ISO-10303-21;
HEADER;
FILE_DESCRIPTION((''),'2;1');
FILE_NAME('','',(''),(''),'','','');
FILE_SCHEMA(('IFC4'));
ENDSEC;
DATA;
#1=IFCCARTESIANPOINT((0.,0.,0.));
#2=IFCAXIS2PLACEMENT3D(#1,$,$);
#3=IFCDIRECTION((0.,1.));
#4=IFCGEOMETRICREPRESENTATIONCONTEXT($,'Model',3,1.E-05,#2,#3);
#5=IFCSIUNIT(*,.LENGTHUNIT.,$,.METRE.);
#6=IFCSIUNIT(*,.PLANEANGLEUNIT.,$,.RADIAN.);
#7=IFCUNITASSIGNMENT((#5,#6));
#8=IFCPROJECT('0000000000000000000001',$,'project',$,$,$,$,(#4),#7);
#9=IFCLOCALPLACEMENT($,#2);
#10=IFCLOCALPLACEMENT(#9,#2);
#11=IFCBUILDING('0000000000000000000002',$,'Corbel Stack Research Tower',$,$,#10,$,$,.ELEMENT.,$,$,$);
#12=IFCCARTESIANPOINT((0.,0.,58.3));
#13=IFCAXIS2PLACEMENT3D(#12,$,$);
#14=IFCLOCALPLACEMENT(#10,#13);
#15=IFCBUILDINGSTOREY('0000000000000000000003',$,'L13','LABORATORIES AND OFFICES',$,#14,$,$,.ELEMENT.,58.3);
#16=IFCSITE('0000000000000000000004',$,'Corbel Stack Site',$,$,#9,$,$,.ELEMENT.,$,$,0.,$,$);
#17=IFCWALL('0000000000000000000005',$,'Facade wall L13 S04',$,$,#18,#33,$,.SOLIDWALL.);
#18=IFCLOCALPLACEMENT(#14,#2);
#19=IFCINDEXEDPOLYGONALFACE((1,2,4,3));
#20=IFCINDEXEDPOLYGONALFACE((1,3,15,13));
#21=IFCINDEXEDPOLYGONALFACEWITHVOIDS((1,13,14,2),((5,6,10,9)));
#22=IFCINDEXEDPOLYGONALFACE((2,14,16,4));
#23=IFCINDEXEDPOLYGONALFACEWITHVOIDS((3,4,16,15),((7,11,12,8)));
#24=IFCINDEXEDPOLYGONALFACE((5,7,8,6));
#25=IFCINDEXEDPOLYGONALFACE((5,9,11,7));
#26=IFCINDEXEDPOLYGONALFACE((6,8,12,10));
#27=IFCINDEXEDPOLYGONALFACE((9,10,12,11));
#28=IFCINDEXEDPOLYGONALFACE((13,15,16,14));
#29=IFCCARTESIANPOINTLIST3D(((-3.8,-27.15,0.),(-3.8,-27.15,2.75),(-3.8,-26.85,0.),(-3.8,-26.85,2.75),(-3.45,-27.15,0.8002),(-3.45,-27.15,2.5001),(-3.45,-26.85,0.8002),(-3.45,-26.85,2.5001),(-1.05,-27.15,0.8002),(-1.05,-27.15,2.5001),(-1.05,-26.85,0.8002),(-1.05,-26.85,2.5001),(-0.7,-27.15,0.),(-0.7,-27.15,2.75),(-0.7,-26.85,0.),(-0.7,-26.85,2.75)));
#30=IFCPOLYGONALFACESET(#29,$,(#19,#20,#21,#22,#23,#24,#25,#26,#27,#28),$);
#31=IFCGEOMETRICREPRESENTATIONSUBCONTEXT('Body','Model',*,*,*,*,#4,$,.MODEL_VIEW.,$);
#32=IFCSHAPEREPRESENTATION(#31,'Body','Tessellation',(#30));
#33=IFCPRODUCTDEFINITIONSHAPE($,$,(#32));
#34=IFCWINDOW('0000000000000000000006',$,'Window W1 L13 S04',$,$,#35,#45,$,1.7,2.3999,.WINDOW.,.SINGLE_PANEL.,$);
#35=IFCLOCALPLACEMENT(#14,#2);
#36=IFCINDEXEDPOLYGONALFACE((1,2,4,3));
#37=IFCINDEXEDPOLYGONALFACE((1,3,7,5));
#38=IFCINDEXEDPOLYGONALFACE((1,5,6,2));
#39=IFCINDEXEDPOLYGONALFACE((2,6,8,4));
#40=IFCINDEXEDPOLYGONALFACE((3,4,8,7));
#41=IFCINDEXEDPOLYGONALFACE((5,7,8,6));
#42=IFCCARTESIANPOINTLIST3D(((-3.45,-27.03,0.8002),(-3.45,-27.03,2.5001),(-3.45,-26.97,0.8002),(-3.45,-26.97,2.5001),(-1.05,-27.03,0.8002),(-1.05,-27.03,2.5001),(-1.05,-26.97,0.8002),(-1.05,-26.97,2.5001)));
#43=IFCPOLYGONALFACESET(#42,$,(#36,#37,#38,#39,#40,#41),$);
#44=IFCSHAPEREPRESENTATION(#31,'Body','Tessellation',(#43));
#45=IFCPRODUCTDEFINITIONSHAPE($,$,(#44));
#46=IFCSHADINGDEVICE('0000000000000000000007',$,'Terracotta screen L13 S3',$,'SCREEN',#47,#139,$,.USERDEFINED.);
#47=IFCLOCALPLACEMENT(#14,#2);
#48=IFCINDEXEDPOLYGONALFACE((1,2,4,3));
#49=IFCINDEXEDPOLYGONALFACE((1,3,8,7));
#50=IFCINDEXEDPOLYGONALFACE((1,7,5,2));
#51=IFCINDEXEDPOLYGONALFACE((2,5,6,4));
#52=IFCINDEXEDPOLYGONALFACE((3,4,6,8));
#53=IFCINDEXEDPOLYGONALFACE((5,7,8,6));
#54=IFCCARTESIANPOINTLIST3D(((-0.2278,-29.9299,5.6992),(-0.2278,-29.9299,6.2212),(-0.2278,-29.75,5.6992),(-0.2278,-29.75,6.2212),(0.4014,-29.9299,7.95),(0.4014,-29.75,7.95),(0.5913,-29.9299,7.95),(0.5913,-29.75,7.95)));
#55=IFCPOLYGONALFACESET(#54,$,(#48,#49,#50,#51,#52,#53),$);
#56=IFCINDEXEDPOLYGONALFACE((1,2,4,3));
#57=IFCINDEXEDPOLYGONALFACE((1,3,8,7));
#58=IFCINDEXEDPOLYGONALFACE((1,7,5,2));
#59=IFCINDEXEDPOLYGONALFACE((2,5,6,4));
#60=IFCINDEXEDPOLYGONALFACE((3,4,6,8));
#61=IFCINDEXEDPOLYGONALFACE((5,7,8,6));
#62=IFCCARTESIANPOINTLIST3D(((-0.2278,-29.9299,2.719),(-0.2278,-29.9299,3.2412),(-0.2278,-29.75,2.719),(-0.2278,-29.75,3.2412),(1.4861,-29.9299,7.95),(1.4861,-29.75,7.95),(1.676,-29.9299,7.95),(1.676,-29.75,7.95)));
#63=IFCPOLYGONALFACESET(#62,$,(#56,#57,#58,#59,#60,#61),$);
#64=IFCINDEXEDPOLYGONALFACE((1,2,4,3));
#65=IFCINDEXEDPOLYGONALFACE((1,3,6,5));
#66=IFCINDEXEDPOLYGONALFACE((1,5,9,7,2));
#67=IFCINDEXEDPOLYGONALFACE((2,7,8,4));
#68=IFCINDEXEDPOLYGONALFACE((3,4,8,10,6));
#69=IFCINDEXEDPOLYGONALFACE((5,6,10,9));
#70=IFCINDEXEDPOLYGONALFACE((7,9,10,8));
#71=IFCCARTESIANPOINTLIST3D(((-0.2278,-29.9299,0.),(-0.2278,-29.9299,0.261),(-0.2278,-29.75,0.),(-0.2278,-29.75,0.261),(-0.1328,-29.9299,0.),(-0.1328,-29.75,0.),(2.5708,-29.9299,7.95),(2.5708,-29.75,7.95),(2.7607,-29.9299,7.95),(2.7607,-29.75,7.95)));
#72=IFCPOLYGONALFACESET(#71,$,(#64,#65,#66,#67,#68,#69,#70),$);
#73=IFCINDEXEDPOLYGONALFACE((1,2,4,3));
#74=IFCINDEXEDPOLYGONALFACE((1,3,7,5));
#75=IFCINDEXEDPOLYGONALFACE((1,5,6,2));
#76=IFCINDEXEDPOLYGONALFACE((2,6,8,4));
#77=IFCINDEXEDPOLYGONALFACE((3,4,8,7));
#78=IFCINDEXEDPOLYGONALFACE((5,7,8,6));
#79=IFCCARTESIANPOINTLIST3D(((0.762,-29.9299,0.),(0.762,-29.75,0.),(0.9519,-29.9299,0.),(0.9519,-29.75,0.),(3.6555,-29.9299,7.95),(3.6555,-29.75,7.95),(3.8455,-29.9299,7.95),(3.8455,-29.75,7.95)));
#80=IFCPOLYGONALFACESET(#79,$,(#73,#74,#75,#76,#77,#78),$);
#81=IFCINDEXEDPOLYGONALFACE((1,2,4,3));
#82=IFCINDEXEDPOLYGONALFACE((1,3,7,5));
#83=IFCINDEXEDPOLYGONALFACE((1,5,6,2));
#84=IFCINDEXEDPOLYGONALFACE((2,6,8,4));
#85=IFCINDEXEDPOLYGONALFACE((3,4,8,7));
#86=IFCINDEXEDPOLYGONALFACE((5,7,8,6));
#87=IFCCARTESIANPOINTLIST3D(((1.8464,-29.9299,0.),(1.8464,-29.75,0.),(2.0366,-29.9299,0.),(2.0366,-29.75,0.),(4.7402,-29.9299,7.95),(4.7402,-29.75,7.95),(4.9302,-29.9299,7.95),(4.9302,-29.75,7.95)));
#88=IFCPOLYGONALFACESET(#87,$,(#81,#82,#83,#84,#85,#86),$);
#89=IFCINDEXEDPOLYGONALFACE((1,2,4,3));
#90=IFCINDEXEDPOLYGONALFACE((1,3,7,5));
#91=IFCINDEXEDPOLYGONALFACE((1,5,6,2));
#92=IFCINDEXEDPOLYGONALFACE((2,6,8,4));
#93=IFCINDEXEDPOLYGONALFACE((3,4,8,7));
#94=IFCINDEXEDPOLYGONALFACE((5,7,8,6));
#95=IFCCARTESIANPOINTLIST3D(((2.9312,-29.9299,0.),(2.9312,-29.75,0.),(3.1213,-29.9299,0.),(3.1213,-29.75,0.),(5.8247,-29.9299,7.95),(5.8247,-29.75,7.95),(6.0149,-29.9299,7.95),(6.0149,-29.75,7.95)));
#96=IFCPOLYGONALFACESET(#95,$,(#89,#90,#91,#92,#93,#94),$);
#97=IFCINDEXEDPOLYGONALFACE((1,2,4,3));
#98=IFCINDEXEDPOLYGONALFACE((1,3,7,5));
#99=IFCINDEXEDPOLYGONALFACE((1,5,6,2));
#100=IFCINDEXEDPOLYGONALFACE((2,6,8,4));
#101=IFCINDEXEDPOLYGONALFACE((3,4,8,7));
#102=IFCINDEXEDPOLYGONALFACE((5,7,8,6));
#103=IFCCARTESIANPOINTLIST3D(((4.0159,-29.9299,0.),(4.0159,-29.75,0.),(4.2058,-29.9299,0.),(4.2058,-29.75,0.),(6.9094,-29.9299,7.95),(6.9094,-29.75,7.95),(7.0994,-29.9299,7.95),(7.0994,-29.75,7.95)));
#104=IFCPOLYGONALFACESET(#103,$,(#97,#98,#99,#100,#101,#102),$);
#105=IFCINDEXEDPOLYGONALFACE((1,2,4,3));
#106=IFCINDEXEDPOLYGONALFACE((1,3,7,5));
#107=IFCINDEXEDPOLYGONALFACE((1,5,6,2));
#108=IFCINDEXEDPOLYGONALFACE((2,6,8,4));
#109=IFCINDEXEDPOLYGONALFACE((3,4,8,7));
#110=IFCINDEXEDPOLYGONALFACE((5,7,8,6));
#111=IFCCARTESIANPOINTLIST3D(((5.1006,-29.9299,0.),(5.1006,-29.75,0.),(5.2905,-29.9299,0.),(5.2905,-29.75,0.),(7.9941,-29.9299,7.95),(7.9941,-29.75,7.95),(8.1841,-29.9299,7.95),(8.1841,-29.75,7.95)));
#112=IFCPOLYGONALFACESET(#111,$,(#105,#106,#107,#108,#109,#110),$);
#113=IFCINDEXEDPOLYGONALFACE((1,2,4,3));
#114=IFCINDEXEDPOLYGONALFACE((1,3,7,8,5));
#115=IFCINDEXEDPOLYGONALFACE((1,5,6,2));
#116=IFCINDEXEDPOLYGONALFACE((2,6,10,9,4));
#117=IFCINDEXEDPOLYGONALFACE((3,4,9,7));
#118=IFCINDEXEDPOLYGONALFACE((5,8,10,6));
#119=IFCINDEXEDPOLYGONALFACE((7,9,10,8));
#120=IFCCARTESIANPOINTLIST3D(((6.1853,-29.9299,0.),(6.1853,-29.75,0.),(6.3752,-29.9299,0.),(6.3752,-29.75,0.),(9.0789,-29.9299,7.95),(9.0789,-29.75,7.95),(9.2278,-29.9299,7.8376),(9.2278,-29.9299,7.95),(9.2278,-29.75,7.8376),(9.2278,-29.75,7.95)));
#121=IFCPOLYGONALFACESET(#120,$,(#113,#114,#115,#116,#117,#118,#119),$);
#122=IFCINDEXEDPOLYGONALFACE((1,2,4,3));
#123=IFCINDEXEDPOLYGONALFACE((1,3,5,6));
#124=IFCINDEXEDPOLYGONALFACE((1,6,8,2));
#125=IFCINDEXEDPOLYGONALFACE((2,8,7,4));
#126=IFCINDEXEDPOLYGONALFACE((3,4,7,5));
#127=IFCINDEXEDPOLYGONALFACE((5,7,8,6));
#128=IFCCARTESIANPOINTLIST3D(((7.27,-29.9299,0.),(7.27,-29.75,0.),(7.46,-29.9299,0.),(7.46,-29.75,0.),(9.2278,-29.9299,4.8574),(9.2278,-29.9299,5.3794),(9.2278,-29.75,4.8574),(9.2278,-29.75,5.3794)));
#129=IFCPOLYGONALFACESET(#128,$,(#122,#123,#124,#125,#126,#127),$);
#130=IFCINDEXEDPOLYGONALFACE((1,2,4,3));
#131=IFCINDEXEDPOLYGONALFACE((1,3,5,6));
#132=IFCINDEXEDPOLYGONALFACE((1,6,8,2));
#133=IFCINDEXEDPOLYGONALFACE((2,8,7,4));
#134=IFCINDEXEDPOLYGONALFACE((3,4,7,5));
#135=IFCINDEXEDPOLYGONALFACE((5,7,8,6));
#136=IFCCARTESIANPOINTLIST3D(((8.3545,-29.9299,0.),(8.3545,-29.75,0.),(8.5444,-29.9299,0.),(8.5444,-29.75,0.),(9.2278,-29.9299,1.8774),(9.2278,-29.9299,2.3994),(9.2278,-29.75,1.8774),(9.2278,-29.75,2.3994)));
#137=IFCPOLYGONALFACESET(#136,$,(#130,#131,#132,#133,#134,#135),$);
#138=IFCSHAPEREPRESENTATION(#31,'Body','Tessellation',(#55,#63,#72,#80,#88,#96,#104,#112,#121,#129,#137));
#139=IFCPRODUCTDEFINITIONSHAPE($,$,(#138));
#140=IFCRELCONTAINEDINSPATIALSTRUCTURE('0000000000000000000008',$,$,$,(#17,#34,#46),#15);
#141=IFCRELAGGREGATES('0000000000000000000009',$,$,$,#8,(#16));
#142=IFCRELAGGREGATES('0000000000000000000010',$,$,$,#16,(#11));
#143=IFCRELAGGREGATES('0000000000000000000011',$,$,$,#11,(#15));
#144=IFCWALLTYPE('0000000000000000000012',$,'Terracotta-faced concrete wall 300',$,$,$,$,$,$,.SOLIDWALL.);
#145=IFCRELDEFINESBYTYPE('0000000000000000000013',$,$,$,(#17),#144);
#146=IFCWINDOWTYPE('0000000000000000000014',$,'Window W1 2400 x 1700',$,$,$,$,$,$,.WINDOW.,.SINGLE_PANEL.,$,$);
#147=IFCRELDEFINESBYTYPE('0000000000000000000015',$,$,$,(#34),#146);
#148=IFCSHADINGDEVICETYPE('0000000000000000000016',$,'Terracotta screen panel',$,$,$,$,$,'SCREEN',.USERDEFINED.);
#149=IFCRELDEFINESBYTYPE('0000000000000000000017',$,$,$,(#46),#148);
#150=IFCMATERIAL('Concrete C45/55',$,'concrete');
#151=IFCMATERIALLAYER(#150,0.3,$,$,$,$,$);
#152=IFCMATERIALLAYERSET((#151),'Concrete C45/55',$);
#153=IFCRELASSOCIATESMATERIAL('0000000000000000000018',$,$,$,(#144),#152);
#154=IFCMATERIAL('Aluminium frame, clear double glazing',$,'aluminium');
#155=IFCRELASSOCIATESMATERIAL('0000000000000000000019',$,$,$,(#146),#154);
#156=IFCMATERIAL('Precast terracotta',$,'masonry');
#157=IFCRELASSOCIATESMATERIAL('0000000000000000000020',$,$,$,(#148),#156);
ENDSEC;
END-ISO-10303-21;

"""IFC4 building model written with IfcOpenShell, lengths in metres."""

from ifc_helpers import new_model, si_unit, direction, frame, frame_2d, origin, place, context, subcontext, project, spatial, polyline, rectangle, outline, extrude, source, transform, mapped, material, layer, layer_set, type_object, element, fill, save


model = new_model("IFC4")

# Units and contexts
model_context = context("Model", 3, precision=1e-05, world=origin(), true_north=direction((0.0, 1.0)))
body_context = subcontext(model_context, "Body", "Model", "MODEL_VIEW")
ifc_project = project(units=[si_unit("LENGTHUNIT", "METRE"), si_unit("PLANEANGLEUNIT", "RADIAN")], contexts=[model_context])

# Site, building, storey
site_placement = place(None, origin())
site = spatial("IfcSite", under=ifc_project, at=site_placement, Name="Corbel Stack Site", CompositionType="ELEMENT", RefElevation=0.0)
building_placement = place(site_placement, origin())
building = spatial("IfcBuilding", under=site, at=building_placement, Name="Corbel Stack Research Tower", CompositionType="ELEMENT")
storey_placement = place(building_placement, frame((0.0, 0.0, 58.3)))
storey = spatial("IfcBuildingStorey", under=building, at=storey_placement, Name="L13", Description="LABORATORIES AND OFFICES", CompositionType="ELEMENT", Elevation=58.3)

# Shared definitions
ifc_material_1 = material(Name="Concrete C45/55", Category="concrete")
ifc_layer_1 = layer(ifc_material_1, 0.3)
ifc_layer_set_1 = layer_set([ifc_layer_1], Name="Concrete C45/55")
wall_type_1 = type_object("IfcWallType", Name="Terracotta-faced concrete wall 300", PredefinedType="SOLIDWALL", material=ifc_layer_set_1)
ifc_material_2 = material(Name="Aluminium frame, clear double glazing", Category="aluminium")
window_type = type_object("IfcWindowType", Name="Window W1 2400 x 1700", PartitioningType="SINGLE_PANEL", PredefinedType="WINDOW", material=ifc_material_2)

# Wall, opening, window
wall_1_placement = place(storey_placement, frame((-0.7, -27.0, 0.0), z_axis=(0.0, 0.0, 1.0), x_axis=(-1.0, 0.0, 0.0)))
wall_1 = element("IfcWall", 1, at=wall_1_placement, inside=storey, type_object=wall_type_1, Name="Facade wall L13 S04", PredefinedType="SOLIDWALL", context=body_context, shape_type="SweptSolid", body=[
    extrude(rectangle(XDim=3.1001, YDim=0.3, at=frame_2d((1.55, 0.0))), origin(), (0.0, 0.0, 1.0), 2.75),
])
opening_1_placement = place(wall_1_placement, frame((0.3501, 0.0, 0.8)))
opening_1 = element("IfcOpeningElement", 2, at=opening_1_placement, cuts=wall_1, PredefinedType="OPENING", context=body_context, shape_type="SweptSolid", body=[
    extrude(rectangle(XDim=2.3999, YDim=1.7, at=frame_2d((1.2, 0.8501))), frame((0.0, 0.1599, 0.0), z_axis=(0.0, -1.0, 0.0), x_axis=(1.0, 0.0, 0.0)), (0.0, 0.0, 1.0), 0.3201),
])
window_1_placement = place(opening_1_placement, origin())
window_1 = element("IfcWindow", 3, at=window_1_placement, inside=storey, type_object=window_type, Name="Window W1 L13 S04", OverallHeight=1.7, OverallWidth=2.3999, PartitioningType="SINGLE_PANEL", PredefinedType="WINDOW", context=body_context, shape_type="SweptSolid", body=[
    extrude(rectangle(XDim=2.3999, YDim=1.7, at=frame_2d((1.2, 0.8501))), frame((0.0, 0.03, 0.0), z_axis=(0.0, -1.0, 0.0), x_axis=(1.0, 0.0, 0.0)), (0.0, 0.0, 1.0), 0.0601),
])
fill(opening_1, window_1)

# Shading device
ifc_material_3 = material(Name="Precast terracotta", Category="masonry")
shading_device_type = type_object("IfcShadingDeviceType", Name="Terracotta screen panel", ElementType="SCREEN", PredefinedType="USERDEFINED", material=ifc_material_3)
shared_shape_1 = source(origin(), body_context, "Body", "SweptSolid", [
    extrude(outline(polyline([(0.8191, 7.95), (0.6292, 7.95), (0.0, 6.2212), (0.0, 5.6992), (0.8191, 7.95)])), frame((0.0, 0.0, 0.0), z_axis=(0.0, -1.0, 0.0), x_axis=(1.0, 0.0, 0.0)), (0.0, 0.0, 1.0), 0.1799),
    extrude(outline(polyline([(1.9038, 7.95), (1.7139, 7.95), (0.0, 3.2412), (0.0, 2.719), (1.9038, 7.95)])), frame((0.0, 0.0, 0.0), z_axis=(0.0, -1.0, 0.0), x_axis=(1.0, 0.0, 0.0)), (0.0, 0.0, 1.0), 0.1799),
    extrude(outline(polyline([(0.095, 0.0), (2.9885, 7.95), (2.7986, 7.95), (0.0, 0.261), (0.0, 0.0), (0.095, 0.0)])), frame((0.0, 0.0, 0.0), z_axis=(0.0, -1.0, 0.0), x_axis=(1.0, 0.0, 0.0)), (0.0, 0.0, 1.0), 0.1799),
    extrude(outline(polyline([(1.1797, 0.0), (4.0732, 7.95), (3.8833, 7.95), (0.9897, 0.0), (1.1797, 0.0)])), frame((0.0, 0.0, 0.0), z_axis=(0.0, -1.0, 0.0), x_axis=(1.0, 0.0, 0.0)), (0.0, 0.0, 1.0), 0.1799),
    extrude(outline(polyline([(2.2644, 0.0), (5.158, 7.95), (4.968, 7.95), (2.0742, 0.0), (2.2644, 0.0)])), frame((0.0, 0.0, 0.0), z_axis=(0.0, -1.0, 0.0), x_axis=(1.0, 0.0, 0.0)), (0.0, 0.0, 1.0), 0.1799),
    extrude(outline(polyline([(3.3491, 0.0), (6.2427, 7.95), (6.0525, 7.95), (3.1589, 0.0), (3.3491, 0.0)])), frame((0.0, 0.0, 0.0), z_axis=(0.0, -1.0, 0.0), x_axis=(1.0, 0.0, 0.0)), (0.0, 0.0, 1.0), 0.1799),
    extrude(outline(polyline([(4.4336, 0.0), (7.3271, 7.95), (7.1372, 7.95), (4.2437, 0.0), (4.4336, 0.0)])), frame((0.0, 0.0, 0.0), z_axis=(0.0, -1.0, 0.0), x_axis=(1.0, 0.0, 0.0)), (0.0, 0.0, 1.0), 0.1799),
    extrude(outline(polyline([(5.5183, 0.0), (8.4119, 7.95), (8.2219, 7.95), (5.3284, 0.0), (5.5183, 0.0)])), frame((0.0, 0.0, 0.0), z_axis=(0.0, -1.0, 0.0), x_axis=(1.0, 0.0, 0.0)), (0.0, 0.0, 1.0), 0.1799),
    extrude(outline(polyline([(6.603, 0.0), (9.4556, 7.8376), (9.4556, 7.95), (9.3066, 7.95), (6.4131, 0.0), (6.603, 0.0)])), frame((0.0, 0.0, 0.0), z_axis=(0.0, -1.0, 0.0), x_axis=(1.0, 0.0, 0.0)), (0.0, 0.0, 1.0), 0.1799),
    extrude(outline(polyline([(7.6877, 0.0), (9.4556, 4.8574), (9.4556, 5.3794), (7.4978, 0.0), (7.6877, 0.0)])), frame((0.0, 0.0, 0.0), z_axis=(0.0, -1.0, 0.0), x_axis=(1.0, 0.0, 0.0)), (0.0, 0.0, 1.0), 0.1799),
    extrude(outline(polyline([(8.7722, 0.0), (9.4556, 1.8774), (9.4556, 2.3994), (8.5823, 0.0), (8.7722, 0.0)])), frame((0.0, 0.0, 0.0), z_axis=(0.0, -1.0, 0.0), x_axis=(1.0, 0.0, 0.0)), (0.0, 0.0, 1.0), 0.1799),
])
shading_device_1_placement = place(storey_placement, frame((-0.2278, -29.75, 0.0), z_axis=(0.0, 0.0, 1.0), x_axis=(1.0, 0.0, 0.0)))
element("IfcShadingDevice", 4, at=shading_device_1_placement, inside=storey, type_object=shading_device_type, Name="Terracotta screen L13 S3", ObjectType="SCREEN", PredefinedType="USERDEFINED", context=body_context, shape_type="MappedRepresentation", body=[
    mapped(shared_shape_1, transform((0.0, 0.0, 0.0))),
])

save(model, "model.ifc")
